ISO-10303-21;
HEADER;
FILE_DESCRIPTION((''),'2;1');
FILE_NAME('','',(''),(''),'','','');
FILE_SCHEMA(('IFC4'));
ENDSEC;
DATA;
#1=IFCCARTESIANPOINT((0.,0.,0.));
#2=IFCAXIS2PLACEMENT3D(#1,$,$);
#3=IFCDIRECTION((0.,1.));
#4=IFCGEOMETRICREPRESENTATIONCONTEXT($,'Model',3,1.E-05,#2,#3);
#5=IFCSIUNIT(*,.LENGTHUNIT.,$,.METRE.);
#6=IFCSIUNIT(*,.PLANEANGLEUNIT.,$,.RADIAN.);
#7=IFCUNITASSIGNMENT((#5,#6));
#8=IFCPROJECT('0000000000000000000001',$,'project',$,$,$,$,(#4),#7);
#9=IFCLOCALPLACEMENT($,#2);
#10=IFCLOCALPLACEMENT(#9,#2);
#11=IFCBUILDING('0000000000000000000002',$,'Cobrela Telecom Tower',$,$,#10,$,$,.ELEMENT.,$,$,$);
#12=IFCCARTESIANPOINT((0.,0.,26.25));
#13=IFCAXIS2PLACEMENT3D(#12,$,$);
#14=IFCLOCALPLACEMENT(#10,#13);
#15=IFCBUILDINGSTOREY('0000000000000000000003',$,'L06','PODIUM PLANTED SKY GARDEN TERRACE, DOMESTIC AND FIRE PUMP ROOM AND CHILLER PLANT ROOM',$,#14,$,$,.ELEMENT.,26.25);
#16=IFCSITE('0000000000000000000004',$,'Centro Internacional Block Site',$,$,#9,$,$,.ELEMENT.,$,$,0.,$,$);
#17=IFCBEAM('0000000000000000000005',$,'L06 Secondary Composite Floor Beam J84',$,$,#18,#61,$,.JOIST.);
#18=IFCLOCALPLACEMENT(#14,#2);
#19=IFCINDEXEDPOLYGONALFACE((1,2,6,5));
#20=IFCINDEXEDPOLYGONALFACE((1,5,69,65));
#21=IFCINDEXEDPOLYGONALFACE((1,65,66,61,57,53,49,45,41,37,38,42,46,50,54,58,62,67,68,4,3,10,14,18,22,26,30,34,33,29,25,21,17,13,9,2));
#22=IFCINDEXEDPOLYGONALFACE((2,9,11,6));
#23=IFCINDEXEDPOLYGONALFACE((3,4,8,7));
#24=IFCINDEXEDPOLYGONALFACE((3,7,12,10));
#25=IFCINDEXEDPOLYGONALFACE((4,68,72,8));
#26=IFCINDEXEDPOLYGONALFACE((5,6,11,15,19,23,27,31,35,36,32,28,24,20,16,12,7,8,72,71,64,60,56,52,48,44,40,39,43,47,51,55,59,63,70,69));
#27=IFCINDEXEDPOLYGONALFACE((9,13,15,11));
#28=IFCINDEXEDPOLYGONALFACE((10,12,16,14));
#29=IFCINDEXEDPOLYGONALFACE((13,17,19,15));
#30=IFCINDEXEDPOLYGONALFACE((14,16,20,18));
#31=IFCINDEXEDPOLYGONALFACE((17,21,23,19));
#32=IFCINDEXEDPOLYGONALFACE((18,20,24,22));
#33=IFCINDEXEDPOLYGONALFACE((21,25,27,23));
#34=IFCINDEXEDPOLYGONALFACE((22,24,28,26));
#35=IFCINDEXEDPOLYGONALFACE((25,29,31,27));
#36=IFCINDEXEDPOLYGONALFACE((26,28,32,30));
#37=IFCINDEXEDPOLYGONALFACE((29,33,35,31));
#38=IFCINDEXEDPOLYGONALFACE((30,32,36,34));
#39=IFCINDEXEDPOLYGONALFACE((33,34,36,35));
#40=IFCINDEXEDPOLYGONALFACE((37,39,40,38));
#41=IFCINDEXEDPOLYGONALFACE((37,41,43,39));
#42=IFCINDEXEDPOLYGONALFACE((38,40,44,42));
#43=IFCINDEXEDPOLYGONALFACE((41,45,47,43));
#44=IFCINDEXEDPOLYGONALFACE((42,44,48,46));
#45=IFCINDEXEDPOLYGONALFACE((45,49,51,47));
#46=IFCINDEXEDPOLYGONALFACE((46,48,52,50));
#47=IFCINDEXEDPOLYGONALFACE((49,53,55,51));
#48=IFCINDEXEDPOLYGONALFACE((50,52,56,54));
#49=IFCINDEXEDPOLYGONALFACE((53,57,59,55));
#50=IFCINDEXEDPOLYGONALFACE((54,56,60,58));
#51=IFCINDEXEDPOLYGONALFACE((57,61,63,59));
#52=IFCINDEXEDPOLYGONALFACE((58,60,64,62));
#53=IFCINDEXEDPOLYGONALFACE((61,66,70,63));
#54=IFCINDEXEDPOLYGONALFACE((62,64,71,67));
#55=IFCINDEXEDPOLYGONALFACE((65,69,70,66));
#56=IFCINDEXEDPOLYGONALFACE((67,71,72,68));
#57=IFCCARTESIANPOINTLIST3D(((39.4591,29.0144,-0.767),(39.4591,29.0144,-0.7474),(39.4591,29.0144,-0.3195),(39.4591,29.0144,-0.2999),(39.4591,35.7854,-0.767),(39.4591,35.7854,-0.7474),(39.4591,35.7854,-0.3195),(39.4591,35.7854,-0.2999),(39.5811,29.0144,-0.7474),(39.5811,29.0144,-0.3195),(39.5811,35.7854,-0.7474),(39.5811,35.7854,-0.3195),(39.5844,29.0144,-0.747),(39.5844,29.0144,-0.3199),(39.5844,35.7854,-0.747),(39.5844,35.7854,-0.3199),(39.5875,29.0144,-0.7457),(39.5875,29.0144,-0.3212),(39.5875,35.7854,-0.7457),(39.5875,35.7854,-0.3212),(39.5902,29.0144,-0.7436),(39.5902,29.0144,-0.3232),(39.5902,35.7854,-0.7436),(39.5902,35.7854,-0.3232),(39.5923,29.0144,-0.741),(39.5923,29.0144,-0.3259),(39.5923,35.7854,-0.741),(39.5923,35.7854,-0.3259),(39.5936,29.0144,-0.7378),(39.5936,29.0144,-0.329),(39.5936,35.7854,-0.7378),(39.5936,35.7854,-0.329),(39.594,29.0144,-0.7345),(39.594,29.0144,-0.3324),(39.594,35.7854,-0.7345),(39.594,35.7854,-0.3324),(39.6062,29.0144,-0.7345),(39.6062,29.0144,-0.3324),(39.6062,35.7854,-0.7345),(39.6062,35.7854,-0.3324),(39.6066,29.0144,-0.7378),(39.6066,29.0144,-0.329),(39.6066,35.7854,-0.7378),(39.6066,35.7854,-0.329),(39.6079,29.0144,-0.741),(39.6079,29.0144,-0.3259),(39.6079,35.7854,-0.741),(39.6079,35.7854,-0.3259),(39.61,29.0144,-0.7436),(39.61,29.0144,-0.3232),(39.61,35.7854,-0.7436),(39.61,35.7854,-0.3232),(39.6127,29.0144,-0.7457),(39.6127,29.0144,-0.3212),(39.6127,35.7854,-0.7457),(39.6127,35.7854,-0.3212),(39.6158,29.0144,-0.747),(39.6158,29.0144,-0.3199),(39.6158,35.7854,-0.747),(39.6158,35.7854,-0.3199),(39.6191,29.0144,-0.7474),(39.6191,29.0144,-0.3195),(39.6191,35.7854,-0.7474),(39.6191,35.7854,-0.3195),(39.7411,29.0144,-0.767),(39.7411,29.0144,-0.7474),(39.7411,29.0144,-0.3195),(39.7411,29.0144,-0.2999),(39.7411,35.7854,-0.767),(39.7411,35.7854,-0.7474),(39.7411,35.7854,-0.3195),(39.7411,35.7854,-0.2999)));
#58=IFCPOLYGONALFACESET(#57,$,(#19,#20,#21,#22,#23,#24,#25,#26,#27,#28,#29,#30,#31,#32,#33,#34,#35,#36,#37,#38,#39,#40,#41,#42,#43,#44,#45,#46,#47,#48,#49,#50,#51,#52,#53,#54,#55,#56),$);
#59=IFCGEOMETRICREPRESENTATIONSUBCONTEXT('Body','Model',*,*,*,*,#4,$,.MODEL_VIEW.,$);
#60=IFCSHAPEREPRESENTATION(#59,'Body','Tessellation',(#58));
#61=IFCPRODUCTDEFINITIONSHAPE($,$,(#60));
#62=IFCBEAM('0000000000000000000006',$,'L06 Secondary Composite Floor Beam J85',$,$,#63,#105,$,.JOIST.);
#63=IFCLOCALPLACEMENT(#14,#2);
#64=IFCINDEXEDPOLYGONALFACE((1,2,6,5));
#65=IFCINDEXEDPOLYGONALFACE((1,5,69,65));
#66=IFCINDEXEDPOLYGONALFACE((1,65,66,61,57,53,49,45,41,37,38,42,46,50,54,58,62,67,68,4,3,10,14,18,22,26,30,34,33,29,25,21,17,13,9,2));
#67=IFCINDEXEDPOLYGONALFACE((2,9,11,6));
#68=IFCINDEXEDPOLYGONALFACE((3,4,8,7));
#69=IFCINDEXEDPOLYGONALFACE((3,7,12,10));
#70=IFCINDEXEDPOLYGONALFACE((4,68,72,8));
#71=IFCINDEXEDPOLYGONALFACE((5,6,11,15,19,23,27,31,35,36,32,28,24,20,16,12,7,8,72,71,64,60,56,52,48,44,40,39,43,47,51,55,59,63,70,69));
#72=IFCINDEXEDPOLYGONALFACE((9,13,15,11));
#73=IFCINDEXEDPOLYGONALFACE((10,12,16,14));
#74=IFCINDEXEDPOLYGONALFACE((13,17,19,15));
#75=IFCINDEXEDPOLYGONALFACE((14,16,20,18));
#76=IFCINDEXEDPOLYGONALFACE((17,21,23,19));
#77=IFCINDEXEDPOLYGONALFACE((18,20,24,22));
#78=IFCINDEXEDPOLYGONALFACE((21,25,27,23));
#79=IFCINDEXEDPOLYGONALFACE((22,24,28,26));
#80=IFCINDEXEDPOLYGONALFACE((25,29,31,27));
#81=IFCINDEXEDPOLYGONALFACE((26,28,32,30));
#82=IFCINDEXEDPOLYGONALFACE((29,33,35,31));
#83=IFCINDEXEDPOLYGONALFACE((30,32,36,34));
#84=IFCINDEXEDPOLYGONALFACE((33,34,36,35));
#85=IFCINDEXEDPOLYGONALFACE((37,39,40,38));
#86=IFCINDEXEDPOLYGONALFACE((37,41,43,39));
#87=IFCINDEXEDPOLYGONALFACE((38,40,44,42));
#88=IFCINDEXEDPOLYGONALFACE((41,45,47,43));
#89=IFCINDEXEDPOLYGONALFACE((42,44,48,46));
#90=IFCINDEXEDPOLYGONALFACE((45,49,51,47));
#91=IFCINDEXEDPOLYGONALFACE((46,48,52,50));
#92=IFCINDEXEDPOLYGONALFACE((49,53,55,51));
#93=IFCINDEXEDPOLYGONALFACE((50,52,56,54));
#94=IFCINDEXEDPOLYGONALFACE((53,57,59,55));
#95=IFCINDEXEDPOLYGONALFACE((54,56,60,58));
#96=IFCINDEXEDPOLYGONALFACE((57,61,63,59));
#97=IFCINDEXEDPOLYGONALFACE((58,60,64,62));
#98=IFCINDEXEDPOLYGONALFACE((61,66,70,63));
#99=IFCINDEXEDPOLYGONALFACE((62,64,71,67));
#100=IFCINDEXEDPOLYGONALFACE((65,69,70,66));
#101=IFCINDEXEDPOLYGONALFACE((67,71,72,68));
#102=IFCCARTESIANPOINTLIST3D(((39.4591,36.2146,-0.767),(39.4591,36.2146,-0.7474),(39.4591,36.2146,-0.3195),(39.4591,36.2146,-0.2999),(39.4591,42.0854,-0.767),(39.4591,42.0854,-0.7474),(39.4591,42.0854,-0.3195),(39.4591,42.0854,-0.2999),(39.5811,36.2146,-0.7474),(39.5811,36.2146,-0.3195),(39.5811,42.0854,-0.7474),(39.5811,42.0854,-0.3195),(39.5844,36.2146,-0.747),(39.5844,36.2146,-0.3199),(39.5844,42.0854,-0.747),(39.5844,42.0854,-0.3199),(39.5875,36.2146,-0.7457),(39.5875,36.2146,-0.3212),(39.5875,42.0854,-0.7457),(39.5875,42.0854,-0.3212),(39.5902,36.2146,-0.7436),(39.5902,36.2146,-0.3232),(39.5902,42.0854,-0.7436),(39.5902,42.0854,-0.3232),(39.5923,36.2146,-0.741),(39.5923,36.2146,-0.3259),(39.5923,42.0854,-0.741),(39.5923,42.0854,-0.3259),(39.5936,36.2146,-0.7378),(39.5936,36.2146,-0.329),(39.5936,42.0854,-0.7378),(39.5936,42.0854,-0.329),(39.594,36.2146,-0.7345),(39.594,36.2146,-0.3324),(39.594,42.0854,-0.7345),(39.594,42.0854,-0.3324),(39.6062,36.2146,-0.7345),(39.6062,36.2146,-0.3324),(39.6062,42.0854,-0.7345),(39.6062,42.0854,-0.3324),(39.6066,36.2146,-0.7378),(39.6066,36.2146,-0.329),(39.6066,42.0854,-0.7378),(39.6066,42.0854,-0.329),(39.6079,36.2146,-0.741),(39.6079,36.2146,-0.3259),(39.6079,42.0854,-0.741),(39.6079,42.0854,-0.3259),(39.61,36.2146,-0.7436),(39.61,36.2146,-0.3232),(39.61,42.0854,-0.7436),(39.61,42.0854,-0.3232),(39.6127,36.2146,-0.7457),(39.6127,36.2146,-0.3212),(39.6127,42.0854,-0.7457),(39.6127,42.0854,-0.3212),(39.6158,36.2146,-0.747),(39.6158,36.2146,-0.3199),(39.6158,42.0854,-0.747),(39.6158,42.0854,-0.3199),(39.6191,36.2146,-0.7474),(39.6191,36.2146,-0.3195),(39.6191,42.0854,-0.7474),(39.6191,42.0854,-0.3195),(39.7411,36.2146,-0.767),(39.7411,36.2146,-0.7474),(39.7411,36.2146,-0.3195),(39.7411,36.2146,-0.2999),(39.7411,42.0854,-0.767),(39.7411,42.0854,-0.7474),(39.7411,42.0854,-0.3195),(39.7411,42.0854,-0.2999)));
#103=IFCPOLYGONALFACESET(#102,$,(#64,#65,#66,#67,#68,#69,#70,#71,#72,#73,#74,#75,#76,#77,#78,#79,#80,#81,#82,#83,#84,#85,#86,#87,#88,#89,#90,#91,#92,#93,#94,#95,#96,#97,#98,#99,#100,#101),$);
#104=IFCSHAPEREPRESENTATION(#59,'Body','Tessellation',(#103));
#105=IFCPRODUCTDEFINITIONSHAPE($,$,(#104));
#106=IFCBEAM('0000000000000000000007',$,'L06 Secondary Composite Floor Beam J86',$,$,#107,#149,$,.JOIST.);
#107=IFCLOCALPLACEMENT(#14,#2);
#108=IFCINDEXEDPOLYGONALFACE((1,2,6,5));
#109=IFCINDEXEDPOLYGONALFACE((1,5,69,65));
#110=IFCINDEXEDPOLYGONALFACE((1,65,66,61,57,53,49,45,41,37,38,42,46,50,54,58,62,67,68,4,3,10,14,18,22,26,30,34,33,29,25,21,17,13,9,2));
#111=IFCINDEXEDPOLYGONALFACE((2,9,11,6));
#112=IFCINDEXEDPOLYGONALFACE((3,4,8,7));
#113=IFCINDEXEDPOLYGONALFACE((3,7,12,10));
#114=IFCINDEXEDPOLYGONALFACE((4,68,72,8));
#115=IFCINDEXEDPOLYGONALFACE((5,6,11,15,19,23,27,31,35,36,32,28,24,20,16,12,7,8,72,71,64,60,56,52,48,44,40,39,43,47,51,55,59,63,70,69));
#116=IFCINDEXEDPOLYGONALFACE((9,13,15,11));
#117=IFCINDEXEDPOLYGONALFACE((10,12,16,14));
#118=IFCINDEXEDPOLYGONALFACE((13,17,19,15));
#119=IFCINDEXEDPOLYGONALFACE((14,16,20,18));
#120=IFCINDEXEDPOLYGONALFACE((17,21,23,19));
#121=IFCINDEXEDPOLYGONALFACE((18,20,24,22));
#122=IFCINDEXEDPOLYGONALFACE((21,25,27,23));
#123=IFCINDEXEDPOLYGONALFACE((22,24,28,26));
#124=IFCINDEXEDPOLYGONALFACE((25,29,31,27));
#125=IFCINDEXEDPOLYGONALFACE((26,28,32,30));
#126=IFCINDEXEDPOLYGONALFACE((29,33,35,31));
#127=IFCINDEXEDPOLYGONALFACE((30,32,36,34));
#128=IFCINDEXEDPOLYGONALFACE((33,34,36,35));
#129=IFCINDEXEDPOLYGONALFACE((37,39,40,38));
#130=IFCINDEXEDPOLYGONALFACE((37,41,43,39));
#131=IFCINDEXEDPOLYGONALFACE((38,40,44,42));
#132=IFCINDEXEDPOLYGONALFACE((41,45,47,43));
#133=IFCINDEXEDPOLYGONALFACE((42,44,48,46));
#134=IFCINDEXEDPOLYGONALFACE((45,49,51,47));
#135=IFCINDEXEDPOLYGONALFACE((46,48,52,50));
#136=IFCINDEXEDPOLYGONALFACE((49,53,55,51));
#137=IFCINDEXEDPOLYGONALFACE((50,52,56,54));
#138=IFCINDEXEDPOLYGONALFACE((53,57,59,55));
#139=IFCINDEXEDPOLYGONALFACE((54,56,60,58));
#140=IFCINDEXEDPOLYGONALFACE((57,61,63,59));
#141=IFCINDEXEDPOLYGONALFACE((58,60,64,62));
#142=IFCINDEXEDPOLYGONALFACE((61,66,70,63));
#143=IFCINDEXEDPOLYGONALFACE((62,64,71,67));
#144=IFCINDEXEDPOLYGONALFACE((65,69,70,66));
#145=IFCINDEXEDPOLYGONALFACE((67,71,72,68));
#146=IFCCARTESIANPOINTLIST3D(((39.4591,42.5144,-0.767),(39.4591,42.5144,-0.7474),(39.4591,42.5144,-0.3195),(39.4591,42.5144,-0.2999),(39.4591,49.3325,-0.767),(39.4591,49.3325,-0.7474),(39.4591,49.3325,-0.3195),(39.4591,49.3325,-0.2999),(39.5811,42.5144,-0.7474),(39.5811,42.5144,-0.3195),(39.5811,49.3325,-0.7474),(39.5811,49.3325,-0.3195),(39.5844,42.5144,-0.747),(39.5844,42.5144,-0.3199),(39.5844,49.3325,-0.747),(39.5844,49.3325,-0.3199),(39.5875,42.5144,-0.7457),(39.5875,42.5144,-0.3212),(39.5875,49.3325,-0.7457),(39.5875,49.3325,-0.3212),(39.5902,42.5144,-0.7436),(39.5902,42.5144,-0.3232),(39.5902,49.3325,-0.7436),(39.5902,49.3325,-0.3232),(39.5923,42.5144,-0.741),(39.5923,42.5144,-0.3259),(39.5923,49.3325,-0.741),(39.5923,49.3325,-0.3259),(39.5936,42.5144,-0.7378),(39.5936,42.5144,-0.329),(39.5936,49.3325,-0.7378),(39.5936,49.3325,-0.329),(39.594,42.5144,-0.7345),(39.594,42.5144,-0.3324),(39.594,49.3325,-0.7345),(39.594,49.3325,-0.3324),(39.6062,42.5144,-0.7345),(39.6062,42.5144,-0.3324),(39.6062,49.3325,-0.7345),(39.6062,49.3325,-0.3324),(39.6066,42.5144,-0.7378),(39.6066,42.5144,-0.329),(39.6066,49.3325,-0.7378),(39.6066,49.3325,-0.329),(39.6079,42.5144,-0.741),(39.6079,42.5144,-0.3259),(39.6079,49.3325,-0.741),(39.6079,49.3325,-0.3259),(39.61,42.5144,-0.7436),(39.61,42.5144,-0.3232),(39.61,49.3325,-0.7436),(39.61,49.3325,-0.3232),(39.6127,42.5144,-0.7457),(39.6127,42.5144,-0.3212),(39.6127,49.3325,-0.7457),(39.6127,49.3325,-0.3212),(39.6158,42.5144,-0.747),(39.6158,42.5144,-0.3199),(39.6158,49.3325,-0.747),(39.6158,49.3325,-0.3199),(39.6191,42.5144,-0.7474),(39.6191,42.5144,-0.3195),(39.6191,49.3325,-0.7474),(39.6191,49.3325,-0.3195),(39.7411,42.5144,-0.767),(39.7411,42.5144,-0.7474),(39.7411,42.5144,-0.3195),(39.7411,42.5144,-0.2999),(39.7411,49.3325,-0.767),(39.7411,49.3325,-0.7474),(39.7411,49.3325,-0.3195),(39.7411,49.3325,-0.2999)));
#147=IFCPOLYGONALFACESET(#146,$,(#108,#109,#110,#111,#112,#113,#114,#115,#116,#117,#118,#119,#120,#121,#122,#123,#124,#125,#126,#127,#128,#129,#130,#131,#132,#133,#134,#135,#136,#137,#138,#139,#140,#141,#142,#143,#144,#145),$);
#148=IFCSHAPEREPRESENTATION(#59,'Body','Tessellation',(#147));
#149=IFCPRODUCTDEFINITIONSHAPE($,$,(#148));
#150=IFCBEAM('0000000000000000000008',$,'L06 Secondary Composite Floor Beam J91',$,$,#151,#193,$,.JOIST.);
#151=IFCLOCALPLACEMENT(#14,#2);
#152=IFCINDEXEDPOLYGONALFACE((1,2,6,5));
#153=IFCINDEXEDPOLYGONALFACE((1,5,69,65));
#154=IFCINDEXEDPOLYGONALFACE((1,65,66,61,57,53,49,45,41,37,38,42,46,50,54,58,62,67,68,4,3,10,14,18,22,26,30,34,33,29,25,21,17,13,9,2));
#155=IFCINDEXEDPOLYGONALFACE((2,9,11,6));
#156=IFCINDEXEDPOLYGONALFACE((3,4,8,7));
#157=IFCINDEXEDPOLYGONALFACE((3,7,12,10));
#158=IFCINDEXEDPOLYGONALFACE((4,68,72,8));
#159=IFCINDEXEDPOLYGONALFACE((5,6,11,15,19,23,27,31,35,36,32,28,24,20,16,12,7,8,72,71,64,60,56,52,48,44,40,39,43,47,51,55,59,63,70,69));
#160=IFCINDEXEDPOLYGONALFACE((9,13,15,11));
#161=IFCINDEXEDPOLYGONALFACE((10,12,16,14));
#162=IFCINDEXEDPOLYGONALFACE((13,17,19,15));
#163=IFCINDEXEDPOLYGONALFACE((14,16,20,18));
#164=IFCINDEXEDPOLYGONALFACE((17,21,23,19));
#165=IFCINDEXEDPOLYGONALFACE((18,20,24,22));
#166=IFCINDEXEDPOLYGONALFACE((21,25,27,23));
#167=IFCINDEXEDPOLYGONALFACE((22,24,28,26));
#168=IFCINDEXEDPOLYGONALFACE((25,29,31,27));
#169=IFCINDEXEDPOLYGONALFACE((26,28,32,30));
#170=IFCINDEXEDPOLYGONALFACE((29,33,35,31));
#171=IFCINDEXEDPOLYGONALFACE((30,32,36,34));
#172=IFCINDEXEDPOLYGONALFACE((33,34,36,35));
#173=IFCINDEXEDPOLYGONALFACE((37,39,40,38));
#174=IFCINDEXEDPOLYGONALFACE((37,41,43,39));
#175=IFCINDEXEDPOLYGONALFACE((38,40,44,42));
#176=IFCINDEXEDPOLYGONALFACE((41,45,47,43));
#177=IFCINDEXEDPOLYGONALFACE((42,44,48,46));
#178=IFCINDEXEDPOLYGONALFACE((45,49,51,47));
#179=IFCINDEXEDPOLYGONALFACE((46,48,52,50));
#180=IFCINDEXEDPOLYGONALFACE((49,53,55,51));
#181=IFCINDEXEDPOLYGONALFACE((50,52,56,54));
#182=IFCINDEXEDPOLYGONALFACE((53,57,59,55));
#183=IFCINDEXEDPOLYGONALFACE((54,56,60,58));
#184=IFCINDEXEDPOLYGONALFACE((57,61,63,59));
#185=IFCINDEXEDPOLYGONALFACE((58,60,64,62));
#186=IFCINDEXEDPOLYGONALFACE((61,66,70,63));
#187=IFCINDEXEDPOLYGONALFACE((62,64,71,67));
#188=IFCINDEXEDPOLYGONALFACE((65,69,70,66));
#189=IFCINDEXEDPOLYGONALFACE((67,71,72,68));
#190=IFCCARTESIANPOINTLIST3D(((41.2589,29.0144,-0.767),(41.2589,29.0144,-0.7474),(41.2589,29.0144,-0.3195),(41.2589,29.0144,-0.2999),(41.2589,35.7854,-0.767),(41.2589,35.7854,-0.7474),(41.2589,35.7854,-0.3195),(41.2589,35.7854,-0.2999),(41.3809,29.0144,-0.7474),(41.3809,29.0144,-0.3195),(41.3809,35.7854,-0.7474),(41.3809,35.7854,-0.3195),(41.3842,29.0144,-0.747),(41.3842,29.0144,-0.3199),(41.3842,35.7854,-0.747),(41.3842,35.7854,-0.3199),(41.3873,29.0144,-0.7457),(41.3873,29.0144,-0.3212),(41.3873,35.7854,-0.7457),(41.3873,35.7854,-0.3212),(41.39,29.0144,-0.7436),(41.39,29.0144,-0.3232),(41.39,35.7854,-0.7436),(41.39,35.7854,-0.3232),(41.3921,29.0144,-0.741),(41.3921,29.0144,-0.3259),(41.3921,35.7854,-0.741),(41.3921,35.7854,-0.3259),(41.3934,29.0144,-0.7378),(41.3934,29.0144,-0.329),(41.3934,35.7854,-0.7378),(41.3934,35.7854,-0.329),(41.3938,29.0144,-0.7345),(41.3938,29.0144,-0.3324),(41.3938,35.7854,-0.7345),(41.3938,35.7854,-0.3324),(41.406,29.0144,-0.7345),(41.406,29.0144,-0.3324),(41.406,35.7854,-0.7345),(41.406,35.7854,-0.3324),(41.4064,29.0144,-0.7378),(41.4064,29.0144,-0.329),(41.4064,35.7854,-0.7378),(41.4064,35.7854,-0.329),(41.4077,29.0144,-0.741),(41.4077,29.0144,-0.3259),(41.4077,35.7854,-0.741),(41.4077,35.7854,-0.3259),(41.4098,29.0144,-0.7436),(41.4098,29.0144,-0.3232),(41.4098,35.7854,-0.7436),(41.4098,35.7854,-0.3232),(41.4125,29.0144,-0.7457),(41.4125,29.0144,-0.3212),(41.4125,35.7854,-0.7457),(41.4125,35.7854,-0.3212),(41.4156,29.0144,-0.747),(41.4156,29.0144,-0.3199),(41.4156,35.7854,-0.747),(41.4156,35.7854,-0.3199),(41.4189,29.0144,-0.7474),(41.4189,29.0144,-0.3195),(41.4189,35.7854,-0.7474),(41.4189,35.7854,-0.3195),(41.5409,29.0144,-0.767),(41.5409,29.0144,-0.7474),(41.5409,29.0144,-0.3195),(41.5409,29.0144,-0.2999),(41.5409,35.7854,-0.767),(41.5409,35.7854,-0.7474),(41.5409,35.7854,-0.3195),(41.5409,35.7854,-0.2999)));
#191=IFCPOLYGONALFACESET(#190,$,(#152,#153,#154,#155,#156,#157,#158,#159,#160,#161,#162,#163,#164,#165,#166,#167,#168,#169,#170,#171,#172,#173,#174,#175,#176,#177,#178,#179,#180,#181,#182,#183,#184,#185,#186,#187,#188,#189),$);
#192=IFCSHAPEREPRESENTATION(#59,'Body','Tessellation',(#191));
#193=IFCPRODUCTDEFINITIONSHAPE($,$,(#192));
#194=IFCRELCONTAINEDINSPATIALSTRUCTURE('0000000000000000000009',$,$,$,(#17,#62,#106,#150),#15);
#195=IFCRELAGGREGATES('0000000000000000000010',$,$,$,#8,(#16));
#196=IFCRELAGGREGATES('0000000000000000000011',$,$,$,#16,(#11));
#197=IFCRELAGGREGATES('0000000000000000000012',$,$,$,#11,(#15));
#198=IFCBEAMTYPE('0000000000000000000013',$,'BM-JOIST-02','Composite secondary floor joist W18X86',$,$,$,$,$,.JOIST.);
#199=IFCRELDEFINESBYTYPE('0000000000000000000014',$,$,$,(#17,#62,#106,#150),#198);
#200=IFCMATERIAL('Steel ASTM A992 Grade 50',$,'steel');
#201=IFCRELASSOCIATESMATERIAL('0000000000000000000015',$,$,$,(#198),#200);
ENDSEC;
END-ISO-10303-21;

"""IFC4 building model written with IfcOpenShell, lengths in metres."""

from ifc_helpers import new_model, si_unit, direction, frame, origin, origin_2d, place, context, subcontext, project, spatial, i_section, extrude, material, material_profile, profile_set, type_object, element, save


model = new_model("IFC4")

# Units and contexts
model_context = context("Model", 3, precision=1e-05, world=origin(), true_north=direction((0.0, 1.0)))
body_context = subcontext(model_context, "Body", "Model", "MODEL_VIEW")
ifc_project = project(units=[si_unit("LENGTHUNIT", "METRE"), si_unit("PLANEANGLEUNIT", "RADIAN")], contexts=[model_context])

# Site, building, storey
site_placement = place(None, origin())
site = spatial("IfcSite", under=ifc_project, at=site_placement, Name="Centro Internacional Block Site", CompositionType="ELEMENT", RefElevation=0.0)
building_placement = place(site_placement, origin())
building = spatial("IfcBuilding", under=site, at=building_placement, Name="Cobrela Telecom Tower", CompositionType="ELEMENT")
storey_placement = place(building_placement, frame((0.0, 0.0, 26.25)))
storey = spatial("IfcBuildingStorey", under=building, at=storey_placement, Name="L06", Description="PODIUM PLANTED SKY GARDEN TERRACE, DOMESTIC AND FIRE PUMP ROOM AND CHILLER PLANT ROOM", CompositionType="ELEMENT", Elevation=26.25)

# Beams
ifc_material_1 = material(Name="Steel ASTM A992 Grade 50", Category="steel")
ifc_material_profile_1 = material_profile(ifc_material_1, i_section(OverallWidth=0.282, OverallDepth=0.467, WebThickness=0.0122, FlangeThickness=0.0195, FilletRadius=0.0129, at=origin_2d()), Name="W18X86")
ifc_profile_set_1 = profile_set([ifc_material_profile_1], Name="Steel ASTM A992 Grade 50")
beam_type_1 = type_object("IfcBeamType", Name="BM-JOIST-02", Description="Composite secondary floor joist W18X86", PredefinedType="JOIST", material=ifc_profile_set_1)
beam_1_placement = place(storey_placement, frame((39.6001, 29.0144, -0.5334), z_axis=(0.0, 1.0, 0.0), x_axis=(-1.0, 0.0, 0.0)))
element("IfcBeam", 1, at=beam_1_placement, inside=storey, type_object=beam_type_1, Name="L06 Secondary Composite Floor Beam J84", PredefinedType="JOIST", context=body_context, shape_type="SweptSolid", body=[
    extrude(i_section(OverallWidth=0.282, OverallDepth=0.467, WebThickness=0.0122, FlangeThickness=0.0195, FilletRadius=0.0129, at=origin_2d()), origin(), (0.0, 0.0, 1.0), 6.771),
])
beam_2_placement = place(storey_placement, frame((39.6001, 36.2146, -0.5334), z_axis=(0.0, 1.0, 0.0), x_axis=(-1.0, 0.0, 0.0)))
element("IfcBeam", 2, at=beam_2_placement, inside=storey, type_object=beam_type_1, Name="L06 Secondary Composite Floor Beam J85", PredefinedType="JOIST", context=body_context, shape_type="SweptSolid", body=[
    extrude(i_section(OverallWidth=0.282, OverallDepth=0.467, WebThickness=0.0122, FlangeThickness=0.0195, FilletRadius=0.0129, at=origin_2d()), origin(), (0.0, 0.0, 1.0), 5.8708),
])
beam_3_placement = place(storey_placement, frame((39.6001, 42.5144, -0.5334), z_axis=(0.0, 1.0, 0.0), x_axis=(-1.0, 0.0, 0.0)))
element("IfcBeam", 3, at=beam_3_placement, inside=storey, type_object=beam_type_1, Name="L06 Secondary Composite Floor Beam J86", PredefinedType="JOIST", context=body_context, shape_type="SweptSolid", body=[
    extrude(i_section(OverallWidth=0.282, OverallDepth=0.467, WebThickness=0.0122, FlangeThickness=0.0195, FilletRadius=0.0129, at=origin_2d()), origin(), (0.0, 0.0, 1.0), 6.8181),
])
beam_4_placement = place(storey_placement, frame((41.3999, 29.0144, -0.5334), z_axis=(0.0, 1.0, 0.0), x_axis=(-1.0, 0.0, 0.0)))
element("IfcBeam", 4, at=beam_4_placement, inside=storey, type_object=beam_type_1, Name="L06 Secondary Composite Floor Beam J91", PredefinedType="JOIST", context=body_context, shape_type="SweptSolid", body=[
    extrude(i_section(OverallWidth=0.282, OverallDepth=0.467, WebThickness=0.0122, FlangeThickness=0.0195, FilletRadius=0.0129, at=origin_2d()), origin(), (0.0, 0.0, 1.0), 6.771),
])

save(model, "model.ifc")
